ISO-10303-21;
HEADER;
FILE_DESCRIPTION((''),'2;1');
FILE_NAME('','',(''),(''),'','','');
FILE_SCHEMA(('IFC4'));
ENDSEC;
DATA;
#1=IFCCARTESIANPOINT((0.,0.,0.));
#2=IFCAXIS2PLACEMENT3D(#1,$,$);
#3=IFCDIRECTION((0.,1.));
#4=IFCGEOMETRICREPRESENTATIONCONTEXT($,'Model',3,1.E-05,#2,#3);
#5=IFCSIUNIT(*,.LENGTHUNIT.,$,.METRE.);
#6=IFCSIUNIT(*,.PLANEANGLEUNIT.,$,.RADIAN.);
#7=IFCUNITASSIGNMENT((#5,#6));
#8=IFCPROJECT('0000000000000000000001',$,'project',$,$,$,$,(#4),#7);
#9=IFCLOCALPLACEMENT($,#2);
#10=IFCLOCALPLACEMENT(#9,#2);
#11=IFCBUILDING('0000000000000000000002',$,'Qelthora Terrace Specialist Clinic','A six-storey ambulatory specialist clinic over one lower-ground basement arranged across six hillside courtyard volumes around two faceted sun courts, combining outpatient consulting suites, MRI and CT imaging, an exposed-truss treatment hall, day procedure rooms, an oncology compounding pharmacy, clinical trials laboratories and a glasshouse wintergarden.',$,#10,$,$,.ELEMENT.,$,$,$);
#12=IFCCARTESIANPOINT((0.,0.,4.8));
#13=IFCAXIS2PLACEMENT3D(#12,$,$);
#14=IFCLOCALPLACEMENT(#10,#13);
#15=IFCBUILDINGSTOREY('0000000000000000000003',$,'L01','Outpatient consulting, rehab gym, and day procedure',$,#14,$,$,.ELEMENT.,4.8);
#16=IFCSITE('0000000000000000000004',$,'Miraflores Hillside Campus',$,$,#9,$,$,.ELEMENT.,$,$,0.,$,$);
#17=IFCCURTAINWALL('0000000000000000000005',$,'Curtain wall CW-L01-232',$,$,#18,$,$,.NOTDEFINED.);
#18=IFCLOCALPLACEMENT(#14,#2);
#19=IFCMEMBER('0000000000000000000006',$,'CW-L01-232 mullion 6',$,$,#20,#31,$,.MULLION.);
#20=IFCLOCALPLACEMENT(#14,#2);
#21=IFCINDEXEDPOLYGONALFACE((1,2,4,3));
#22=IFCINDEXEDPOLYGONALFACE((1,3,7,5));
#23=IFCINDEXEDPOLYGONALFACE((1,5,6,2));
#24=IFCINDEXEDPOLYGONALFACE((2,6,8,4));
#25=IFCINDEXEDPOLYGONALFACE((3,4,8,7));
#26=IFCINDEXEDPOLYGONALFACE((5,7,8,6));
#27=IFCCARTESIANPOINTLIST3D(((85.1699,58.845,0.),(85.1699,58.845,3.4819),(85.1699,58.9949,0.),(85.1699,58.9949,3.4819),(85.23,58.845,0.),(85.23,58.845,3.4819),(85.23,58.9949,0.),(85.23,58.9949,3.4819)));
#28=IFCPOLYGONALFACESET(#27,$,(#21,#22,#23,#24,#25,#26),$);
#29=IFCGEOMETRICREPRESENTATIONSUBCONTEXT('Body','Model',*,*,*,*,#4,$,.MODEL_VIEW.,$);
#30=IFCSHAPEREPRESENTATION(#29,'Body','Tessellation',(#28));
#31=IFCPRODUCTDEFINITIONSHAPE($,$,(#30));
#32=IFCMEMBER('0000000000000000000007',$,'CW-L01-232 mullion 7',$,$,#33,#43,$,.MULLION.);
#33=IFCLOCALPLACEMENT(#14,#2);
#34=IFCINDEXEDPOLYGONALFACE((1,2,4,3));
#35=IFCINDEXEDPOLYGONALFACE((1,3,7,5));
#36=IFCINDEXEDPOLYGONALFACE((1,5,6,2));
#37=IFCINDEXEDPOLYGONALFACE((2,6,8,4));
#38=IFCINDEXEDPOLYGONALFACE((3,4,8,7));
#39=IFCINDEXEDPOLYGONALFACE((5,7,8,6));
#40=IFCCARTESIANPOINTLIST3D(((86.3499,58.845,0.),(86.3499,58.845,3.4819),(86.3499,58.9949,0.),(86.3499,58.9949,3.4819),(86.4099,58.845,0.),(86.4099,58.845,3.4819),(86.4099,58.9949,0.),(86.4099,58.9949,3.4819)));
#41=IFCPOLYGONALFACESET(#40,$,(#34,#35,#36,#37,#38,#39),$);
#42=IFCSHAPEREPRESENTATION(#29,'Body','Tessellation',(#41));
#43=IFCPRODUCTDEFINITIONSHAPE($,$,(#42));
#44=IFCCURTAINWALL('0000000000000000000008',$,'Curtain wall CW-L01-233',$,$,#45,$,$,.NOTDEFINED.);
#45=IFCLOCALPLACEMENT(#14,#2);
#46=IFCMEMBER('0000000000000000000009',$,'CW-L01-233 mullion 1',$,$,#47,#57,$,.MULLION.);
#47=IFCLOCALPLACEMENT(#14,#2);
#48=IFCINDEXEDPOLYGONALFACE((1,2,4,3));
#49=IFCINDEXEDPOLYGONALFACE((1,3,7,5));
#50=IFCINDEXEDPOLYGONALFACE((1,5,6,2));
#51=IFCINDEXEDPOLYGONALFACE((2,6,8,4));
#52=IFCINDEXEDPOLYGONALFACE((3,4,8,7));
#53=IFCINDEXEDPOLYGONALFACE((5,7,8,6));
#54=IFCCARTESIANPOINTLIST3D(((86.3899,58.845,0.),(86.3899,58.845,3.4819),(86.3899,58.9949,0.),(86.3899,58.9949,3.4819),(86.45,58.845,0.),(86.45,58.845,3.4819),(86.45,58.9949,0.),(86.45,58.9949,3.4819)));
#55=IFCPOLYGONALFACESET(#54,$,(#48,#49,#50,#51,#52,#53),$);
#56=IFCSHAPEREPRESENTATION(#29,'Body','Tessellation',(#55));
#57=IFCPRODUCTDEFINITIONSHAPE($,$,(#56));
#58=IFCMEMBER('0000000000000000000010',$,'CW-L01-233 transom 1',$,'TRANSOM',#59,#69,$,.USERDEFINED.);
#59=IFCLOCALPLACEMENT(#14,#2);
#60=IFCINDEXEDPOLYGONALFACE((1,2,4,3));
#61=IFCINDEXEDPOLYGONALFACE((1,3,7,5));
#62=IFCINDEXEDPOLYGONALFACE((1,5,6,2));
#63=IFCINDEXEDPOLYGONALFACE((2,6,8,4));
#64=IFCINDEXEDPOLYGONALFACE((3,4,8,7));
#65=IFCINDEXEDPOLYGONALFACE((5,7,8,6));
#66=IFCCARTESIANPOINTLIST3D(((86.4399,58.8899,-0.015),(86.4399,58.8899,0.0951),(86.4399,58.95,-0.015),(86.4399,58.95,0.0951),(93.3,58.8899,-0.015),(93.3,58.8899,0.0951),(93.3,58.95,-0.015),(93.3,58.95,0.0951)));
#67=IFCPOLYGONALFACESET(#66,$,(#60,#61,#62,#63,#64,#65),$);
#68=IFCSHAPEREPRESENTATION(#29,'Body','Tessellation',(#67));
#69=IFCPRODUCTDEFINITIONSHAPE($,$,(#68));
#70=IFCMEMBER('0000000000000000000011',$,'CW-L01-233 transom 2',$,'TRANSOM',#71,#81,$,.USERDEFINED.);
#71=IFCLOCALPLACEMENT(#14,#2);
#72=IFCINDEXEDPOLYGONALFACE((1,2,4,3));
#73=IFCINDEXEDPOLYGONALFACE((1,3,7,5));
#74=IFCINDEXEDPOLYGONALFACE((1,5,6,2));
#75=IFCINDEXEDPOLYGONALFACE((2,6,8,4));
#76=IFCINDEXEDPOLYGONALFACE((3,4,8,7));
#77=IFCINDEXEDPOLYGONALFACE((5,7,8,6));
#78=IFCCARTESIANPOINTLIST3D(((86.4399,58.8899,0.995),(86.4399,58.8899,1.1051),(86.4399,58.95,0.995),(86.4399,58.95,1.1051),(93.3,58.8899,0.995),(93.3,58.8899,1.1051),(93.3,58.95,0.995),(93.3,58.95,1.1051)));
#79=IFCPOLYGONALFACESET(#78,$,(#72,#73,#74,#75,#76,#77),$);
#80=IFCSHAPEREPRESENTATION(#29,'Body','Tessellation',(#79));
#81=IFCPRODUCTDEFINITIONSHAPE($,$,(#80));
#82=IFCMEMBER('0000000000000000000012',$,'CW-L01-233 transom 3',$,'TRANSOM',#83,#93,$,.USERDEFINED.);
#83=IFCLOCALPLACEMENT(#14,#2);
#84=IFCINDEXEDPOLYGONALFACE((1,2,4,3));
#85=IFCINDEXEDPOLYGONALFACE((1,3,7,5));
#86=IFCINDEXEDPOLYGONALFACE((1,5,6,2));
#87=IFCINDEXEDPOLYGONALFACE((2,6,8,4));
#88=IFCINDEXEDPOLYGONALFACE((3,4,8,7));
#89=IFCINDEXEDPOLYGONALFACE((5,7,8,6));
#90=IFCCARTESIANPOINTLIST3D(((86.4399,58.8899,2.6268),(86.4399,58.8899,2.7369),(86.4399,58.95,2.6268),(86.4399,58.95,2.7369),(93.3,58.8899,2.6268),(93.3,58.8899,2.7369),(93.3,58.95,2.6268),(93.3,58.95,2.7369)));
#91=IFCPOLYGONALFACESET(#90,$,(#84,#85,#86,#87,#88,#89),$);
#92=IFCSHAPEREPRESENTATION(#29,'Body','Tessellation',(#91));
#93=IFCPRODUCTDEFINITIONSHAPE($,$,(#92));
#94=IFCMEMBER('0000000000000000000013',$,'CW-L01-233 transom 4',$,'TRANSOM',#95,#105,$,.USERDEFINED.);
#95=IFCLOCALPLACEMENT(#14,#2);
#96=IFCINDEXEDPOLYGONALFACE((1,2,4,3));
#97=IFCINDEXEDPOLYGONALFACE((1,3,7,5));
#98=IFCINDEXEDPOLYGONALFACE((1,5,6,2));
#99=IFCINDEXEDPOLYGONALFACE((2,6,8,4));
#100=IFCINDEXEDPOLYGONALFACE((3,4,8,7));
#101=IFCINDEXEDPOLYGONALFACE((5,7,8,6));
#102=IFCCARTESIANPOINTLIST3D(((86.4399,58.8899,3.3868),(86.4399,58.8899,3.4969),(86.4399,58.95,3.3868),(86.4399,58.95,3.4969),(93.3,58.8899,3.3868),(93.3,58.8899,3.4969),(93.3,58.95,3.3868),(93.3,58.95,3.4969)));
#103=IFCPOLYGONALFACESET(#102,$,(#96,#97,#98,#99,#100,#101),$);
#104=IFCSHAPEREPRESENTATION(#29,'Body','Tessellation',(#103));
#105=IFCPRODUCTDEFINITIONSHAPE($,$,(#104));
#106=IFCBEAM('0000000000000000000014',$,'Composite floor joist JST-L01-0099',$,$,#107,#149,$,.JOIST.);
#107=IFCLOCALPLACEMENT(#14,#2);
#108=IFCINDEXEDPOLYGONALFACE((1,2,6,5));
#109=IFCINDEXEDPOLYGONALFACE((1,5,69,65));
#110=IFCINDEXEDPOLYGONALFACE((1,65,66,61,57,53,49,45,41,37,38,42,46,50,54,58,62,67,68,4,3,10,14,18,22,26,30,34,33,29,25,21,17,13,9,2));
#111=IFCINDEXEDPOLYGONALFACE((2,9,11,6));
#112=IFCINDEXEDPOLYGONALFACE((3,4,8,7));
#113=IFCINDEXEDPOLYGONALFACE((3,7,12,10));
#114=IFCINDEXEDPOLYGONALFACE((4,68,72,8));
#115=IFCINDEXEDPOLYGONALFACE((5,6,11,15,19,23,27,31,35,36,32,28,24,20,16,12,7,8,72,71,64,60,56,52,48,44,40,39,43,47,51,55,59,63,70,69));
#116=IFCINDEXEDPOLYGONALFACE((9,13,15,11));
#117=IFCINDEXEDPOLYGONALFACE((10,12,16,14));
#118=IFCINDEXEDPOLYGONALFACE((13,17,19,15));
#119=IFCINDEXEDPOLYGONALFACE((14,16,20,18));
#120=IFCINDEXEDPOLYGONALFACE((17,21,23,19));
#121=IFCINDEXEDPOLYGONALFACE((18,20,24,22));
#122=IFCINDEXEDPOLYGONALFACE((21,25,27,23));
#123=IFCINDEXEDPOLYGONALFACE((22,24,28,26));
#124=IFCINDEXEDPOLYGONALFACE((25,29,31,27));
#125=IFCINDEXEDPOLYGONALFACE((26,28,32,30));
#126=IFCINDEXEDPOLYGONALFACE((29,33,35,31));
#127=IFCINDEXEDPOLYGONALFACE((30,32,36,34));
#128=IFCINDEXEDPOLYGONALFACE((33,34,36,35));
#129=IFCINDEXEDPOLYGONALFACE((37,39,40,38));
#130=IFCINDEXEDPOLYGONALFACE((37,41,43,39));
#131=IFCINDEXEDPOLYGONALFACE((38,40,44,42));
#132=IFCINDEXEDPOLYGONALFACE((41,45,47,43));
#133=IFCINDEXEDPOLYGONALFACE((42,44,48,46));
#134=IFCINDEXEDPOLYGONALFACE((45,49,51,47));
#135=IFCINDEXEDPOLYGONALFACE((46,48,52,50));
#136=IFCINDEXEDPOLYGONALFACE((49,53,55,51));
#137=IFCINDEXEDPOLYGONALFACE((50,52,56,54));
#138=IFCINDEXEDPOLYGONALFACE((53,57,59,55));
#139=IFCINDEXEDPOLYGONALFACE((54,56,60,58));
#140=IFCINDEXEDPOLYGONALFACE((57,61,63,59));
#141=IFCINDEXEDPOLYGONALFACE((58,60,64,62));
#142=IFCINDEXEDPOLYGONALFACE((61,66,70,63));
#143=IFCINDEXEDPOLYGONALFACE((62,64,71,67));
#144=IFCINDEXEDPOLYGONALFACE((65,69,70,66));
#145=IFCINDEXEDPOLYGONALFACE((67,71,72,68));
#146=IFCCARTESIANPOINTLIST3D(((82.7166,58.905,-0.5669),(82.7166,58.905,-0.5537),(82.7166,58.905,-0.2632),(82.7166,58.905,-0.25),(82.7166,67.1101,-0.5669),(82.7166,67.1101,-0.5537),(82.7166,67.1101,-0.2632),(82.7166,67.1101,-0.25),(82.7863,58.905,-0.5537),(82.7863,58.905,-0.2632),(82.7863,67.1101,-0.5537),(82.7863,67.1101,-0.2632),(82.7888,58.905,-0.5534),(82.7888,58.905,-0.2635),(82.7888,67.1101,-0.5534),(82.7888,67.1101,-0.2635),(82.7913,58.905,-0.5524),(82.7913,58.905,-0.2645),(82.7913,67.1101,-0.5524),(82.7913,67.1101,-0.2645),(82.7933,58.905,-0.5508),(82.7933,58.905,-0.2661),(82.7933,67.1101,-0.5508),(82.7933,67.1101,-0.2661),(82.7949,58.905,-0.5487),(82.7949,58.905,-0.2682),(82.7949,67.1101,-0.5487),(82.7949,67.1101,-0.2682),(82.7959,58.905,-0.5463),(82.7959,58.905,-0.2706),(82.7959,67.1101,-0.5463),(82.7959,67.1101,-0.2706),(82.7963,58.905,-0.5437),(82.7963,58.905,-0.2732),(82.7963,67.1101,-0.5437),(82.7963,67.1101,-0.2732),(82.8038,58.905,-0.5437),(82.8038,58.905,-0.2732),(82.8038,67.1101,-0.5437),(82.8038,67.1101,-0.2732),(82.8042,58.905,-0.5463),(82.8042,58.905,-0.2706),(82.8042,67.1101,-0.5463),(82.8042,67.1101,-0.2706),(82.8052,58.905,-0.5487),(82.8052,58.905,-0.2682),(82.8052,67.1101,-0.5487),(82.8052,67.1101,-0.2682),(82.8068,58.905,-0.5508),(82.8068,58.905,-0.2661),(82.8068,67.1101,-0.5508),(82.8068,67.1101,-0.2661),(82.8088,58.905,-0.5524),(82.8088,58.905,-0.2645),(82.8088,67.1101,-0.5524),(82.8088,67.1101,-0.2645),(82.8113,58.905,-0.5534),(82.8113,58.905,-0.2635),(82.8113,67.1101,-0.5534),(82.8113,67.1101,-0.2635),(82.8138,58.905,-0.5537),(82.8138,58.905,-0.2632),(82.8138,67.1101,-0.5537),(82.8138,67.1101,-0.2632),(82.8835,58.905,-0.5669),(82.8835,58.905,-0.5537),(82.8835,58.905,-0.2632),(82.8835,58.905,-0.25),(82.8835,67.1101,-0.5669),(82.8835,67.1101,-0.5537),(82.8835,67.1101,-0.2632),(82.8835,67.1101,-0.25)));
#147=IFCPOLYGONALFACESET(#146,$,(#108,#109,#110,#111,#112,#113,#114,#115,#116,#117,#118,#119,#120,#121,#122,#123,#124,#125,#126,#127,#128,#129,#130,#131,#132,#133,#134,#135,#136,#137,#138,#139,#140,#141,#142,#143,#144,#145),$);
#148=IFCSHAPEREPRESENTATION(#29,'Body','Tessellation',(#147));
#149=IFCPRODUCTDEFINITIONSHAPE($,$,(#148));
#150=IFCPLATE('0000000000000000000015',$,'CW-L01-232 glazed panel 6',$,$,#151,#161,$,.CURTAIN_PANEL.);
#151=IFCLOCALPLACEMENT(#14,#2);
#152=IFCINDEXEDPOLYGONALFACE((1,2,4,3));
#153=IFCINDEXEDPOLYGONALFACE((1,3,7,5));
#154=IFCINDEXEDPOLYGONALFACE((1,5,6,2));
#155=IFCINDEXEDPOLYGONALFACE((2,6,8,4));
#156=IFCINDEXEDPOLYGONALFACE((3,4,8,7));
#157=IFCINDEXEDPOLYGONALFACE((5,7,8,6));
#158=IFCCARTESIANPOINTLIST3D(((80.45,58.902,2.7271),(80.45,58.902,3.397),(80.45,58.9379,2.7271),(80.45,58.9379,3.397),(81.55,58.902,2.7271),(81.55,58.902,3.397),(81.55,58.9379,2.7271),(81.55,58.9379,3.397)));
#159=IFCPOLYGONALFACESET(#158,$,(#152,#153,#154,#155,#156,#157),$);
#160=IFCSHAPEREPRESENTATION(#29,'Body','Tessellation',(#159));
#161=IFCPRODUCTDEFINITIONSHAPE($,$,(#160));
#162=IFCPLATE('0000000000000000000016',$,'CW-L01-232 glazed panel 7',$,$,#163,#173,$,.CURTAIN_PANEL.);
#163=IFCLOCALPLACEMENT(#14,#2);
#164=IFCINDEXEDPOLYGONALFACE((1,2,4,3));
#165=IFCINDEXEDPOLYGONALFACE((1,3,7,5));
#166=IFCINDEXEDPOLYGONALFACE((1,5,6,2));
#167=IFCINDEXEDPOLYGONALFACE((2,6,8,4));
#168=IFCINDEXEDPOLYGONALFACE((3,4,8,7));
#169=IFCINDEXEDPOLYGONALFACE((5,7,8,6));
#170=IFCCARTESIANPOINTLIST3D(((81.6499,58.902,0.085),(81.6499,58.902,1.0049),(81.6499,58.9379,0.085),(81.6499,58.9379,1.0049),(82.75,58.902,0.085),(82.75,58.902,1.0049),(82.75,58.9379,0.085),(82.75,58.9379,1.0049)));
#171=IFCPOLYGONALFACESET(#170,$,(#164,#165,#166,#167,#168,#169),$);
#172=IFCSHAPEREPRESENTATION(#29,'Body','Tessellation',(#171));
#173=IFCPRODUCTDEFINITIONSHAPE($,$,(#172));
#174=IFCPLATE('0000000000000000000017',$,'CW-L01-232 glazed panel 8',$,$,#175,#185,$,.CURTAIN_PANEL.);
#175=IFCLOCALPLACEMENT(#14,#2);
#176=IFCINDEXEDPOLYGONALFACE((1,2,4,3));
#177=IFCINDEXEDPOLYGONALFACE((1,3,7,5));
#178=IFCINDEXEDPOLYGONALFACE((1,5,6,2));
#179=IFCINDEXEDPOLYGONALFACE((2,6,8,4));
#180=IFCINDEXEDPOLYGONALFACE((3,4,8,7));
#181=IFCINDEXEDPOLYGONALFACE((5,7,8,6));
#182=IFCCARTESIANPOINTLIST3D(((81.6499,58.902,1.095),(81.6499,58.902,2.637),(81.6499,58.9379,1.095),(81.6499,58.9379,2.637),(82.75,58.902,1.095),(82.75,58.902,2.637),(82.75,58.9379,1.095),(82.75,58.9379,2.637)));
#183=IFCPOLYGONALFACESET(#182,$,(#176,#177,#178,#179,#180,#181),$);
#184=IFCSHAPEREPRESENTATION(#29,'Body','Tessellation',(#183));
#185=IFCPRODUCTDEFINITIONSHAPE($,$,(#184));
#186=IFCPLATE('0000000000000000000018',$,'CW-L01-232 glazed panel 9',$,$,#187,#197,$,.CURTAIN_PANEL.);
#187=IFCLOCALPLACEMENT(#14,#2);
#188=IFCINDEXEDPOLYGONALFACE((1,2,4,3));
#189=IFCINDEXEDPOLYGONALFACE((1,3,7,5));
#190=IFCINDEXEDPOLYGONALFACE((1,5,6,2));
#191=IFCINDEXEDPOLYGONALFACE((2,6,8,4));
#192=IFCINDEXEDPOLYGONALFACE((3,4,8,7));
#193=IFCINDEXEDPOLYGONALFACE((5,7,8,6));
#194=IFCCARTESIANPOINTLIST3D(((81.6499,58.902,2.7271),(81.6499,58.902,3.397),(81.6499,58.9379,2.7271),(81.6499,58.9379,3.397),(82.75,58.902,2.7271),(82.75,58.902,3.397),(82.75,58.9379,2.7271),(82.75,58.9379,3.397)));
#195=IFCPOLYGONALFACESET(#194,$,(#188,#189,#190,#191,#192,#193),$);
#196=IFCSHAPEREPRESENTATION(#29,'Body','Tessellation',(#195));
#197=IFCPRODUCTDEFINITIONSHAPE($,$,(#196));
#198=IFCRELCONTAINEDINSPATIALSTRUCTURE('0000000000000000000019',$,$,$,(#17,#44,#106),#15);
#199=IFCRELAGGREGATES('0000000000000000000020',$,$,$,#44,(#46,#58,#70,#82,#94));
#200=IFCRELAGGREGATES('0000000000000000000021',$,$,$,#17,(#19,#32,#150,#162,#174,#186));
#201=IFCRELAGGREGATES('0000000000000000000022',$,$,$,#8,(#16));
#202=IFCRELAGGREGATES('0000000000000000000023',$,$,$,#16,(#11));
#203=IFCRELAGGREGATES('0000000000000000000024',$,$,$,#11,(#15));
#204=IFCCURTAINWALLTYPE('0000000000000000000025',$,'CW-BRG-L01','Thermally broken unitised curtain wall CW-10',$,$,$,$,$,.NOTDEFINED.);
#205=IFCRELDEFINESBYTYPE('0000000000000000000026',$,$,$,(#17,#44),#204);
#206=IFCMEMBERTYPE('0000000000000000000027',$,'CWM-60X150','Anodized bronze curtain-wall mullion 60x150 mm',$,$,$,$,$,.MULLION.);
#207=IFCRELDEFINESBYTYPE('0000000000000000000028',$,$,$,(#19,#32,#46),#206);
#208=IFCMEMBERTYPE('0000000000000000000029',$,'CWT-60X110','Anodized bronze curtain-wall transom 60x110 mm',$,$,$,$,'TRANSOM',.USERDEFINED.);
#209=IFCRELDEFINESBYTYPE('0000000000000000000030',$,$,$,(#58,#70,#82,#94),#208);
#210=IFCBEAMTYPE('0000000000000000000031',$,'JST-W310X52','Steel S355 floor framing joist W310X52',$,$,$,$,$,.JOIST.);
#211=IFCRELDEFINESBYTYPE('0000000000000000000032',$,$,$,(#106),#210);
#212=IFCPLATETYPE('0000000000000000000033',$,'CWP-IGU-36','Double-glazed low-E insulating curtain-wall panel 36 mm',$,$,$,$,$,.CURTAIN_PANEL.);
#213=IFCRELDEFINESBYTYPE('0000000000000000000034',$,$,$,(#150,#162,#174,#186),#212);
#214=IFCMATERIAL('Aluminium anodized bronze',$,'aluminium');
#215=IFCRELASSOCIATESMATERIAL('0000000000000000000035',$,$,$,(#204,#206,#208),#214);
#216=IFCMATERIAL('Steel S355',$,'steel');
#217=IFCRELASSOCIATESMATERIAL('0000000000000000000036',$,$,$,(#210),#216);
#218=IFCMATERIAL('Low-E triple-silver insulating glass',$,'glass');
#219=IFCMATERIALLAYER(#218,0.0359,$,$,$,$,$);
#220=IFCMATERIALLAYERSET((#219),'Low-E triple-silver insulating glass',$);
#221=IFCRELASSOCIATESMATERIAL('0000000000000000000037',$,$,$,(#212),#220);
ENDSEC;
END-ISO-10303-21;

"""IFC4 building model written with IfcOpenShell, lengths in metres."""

from ifc_helpers import new_model, si_unit, direction, frame, origin, origin_2d, place, context, subcontext, project, spatial, rectangle, i_section, extrude, material, layer, layer_set, material_profile, profile_set, type_object, element, aggregate, save


model = new_model("IFC4")

# Units and contexts
model_context = context("Model", 3, precision=1e-05, world=origin(), true_north=direction((0.0, 1.0)))
body_context = subcontext(model_context, "Body", "Model", "MODEL_VIEW")
ifc_project = project(units=[si_unit("LENGTHUNIT", "METRE"), si_unit("PLANEANGLEUNIT", "RADIAN")], contexts=[model_context])

# Site, building, storey
site_placement = place(None, origin())
site = spatial("IfcSite", under=ifc_project, at=site_placement, Name="Miraflores Hillside Campus", CompositionType="ELEMENT", RefElevation=0.0)
building_placement = place(site_placement, origin())
building = spatial("IfcBuilding", under=site, at=building_placement, Name="Qelthora Terrace Specialist Clinic", Description="A six-storey ambulatory specialist clinic over one lower-ground basement arranged across six hillside courtyard volumes around two faceted sun courts, combining outpatient consulting suites, MRI and CT imaging, an exposed-truss treatment hall, day procedure rooms, an oncology compounding pharmacy, clinical trials laboratories and a glasshouse wintergarden.", CompositionType="ELEMENT")
storey_placement = place(building_placement, frame((0.0, 0.0, 4.8)))
storey = spatial("IfcBuildingStorey", under=building, at=storey_placement, Name="L01", Description="Outpatient consulting, rehab gym, and day procedure", CompositionType="ELEMENT", Elevation=4.8)

# Shared definitions
ifc_material_1 = material(Name="Steel S355", Category="steel")

# Curtain walls, members
ifc_material_2 = material(Name="Aluminium anodized bronze", Category="aluminium")
curtain_wall_type = type_object("IfcCurtainWallType", Name="CW-BRG-L01", Description="Thermally broken unitised curtain wall CW-10", PredefinedType="NOTDEFINED", material=ifc_material_2)
curtain_wall_1_placement = place(storey_placement, origin())
curtain_wall_1 = element("IfcCurtainWall", 1, at=curtain_wall_1_placement, inside=storey, type_object=curtain_wall_type, Name="Curtain wall CW-L01-232", PredefinedType="NOTDEFINED")
ifc_material_profile_1 = material_profile(ifc_material_2, rectangle(XDim=0.0601, YDim=0.1499, at=origin_2d()), Name="CWM60X150")
ifc_profile_set_1 = profile_set([ifc_material_profile_1], Name="Aluminium anodized bronze")
member_type_1 = type_object("IfcMemberType", Name="CWM-60X150", Description="Anodized bronze curtain-wall mullion 60x150 mm", PredefinedType="MULLION", material=ifc_profile_set_1)
member_1_placement = place(storey_placement, frame((85.2, 58.9199, 0.0), z_axis=(0.0, 0.0, 1.0), x_axis=(1.0, 0.0, 0.0)))
member_1 = element("IfcMember", 2, at=member_1_placement, type_object=member_type_1, Name="CW-L01-232 mullion 6", PredefinedType="MULLION", context=body_context, shape_type="SweptSolid", body=[
    extrude(rectangle(XDim=0.0601, YDim=0.1499, at=origin_2d()), origin(), (0.0, 0.0, 1.0), 3.4819),
])
member_2_placement = place(storey_placement, frame((86.3799, 58.9199, 0.0), z_axis=(0.0, 0.0, 1.0), x_axis=(1.0, 0.0, 0.0)))
member_2 = element("IfcMember", 3, at=member_2_placement, type_object=member_type_1, Name="CW-L01-232 mullion 7", PredefinedType="MULLION", context=body_context, shape_type="SweptSolid", body=[
    extrude(rectangle(XDim=0.0601, YDim=0.1499, at=origin_2d()), origin(), (0.0, 0.0, 1.0), 3.4819),
])
curtain_wall_2_placement = place(storey_placement, origin())
curtain_wall_2 = element("IfcCurtainWall", 4, at=curtain_wall_2_placement, inside=storey, type_object=curtain_wall_type, Name="Curtain wall CW-L01-233", PredefinedType="NOTDEFINED")
member_3_placement = place(storey_placement, frame((86.4199, 58.9199, 0.0), z_axis=(0.0, 0.0, 1.0), x_axis=(1.0, 0.0, 0.0)))
member_3 = element("IfcMember", 5, at=member_3_placement, type_object=member_type_1, Name="CW-L01-233 mullion 1", PredefinedType="MULLION", context=body_context, shape_type="SweptSolid", body=[
    extrude(rectangle(XDim=0.0601, YDim=0.1499, at=origin_2d()), origin(), (0.0, 0.0, 1.0), 3.4819),
])
ifc_material_profile_2 = material_profile(ifc_material_2, rectangle(XDim=0.0601, YDim=0.1101, at=origin_2d()), Name="CWT60X110")
ifc_profile_set_2 = profile_set([ifc_material_profile_2], Name="Aluminium anodized bronze")
member_type_2 = type_object("IfcMemberType", Name="CWT-60X110", Description="Anodized bronze curtain-wall transom 60x110 mm", ElementType="TRANSOM", PredefinedType="USERDEFINED", material=ifc_profile_set_2)
member_4_placement = place(storey_placement, frame((86.4399, 58.9199, 0.04), z_axis=(1.0, 0.0, 0.0), x_axis=(0.0, 1.0, 0.0)))
member_4 = element("IfcMember", 6, at=member_4_placement, type_object=member_type_2, Name="CW-L01-233 transom 1", ObjectType="TRANSOM", PredefinedType="USERDEFINED", context=body_context, shape_type="SweptSolid", body=[
    extrude(rectangle(XDim=0.0601, YDim=0.1101, at=origin_2d()), origin(), (0.0, 0.0, 1.0), 6.8601),
])
member_5_placement = place(storey_placement, frame((86.4399, 58.9199, 1.05), z_axis=(1.0, 0.0, 0.0), x_axis=(0.0, 1.0, 0.0)))
member_5 = element("IfcMember", 7, at=member_5_placement, type_object=member_type_2, Name="CW-L01-233 transom 2", ObjectType="TRANSOM", PredefinedType="USERDEFINED", context=body_context, shape_type="SweptSolid", body=[
    extrude(rectangle(XDim=0.0601, YDim=0.1101, at=origin_2d()), origin(), (0.0, 0.0, 1.0), 6.8601),
])
member_6_placement = place(storey_placement, frame((86.4399, 58.9199, 2.6819), z_axis=(1.0, 0.0, 0.0), x_axis=(0.0, 1.0, 0.0)))
member_6 = element("IfcMember", 8, at=member_6_placement, type_object=member_type_2, Name="CW-L01-233 transom 3", ObjectType="TRANSOM", PredefinedType="USERDEFINED", context=body_context, shape_type="SweptSolid", body=[
    extrude(rectangle(XDim=0.0601, YDim=0.1101, at=origin_2d()), origin(), (0.0, 0.0, 1.0), 6.8601),
])
member_7_placement = place(storey_placement, frame((86.4399, 58.9199, 3.4419), z_axis=(1.0, 0.0, 0.0), x_axis=(0.0, 1.0, 0.0)))
member_7 = element("IfcMember", 9, at=member_7_placement, type_object=member_type_2, Name="CW-L01-233 transom 4", ObjectType="TRANSOM", PredefinedType="USERDEFINED", context=body_context, shape_type="SweptSolid", body=[
    extrude(rectangle(XDim=0.0601, YDim=0.1101, at=origin_2d()), origin(), (0.0, 0.0, 1.0), 6.8601),
])
aggregate(curtain_wall_2, [member_3, member_4, member_5, member_6, member_7])

# Beam
ifc_material_profile_3 = material_profile(ifc_material_1, i_section(OverallWidth=0.167, OverallDepth=0.3169, WebThickness=0.0076, FlangeThickness=0.0132, FilletRadius=0.01, at=origin_2d()), Name="W310X52")
ifc_profile_set_3 = profile_set([ifc_material_profile_3], Name="Steel S355")
beam_type_1 = type_object("IfcBeamType", Name="JST-W310X52", Description="Steel S355 floor framing joist W310X52", PredefinedType="JOIST", material=ifc_profile_set_3)
beam_1_placement = place(storey_placement, frame((82.8, 58.905, -0.4084), z_axis=(0.0, 1.0, 0.0), x_axis=(-1.0, 0.0, 0.0)))
element("IfcBeam", 10, at=beam_1_placement, inside=storey, type_object=beam_type_1, Name="Composite floor joist JST-L01-0099", PredefinedType="JOIST", context=body_context, shape_type="SweptSolid", body=[
    extrude(i_section(OverallWidth=0.167, OverallDepth=0.3169, WebThickness=0.0076, FlangeThickness=0.0132, FilletRadius=0.01, at=origin_2d()), origin(), (0.0, 0.0, 1.0), 8.2051),
])

# Plates
ifc_material_3 = material(Name="Low-E triple-silver insulating glass", Category="glass")
ifc_layer = layer(ifc_material_3, 0.0359)
ifc_layer_set = layer_set([ifc_layer], Name="Low-E triple-silver insulating glass")
plate_type = type_object("IfcPlateType", Name="CWP-IGU-36", Description="Double-glazed low-E insulating curtain-wall panel 36 mm", PredefinedType="CURTAIN_PANEL", material=ifc_layer_set)
plate_1_placement = place(storey_placement, frame((81.0, 58.9199, 2.7271), z_axis=(0.0, 0.0, 1.0), x_axis=(1.0, 0.0, 0.0)))
plate_1 = element("IfcPlate", 11, at=plate_1_placement, type_object=plate_type, Name="CW-L01-232 glazed panel 6", PredefinedType="CURTAIN_PANEL", context=body_context, shape_type="SweptSolid", body=[
    extrude(rectangle(XDim=1.1001, YDim=0.0359, at=origin_2d()), origin(), (0.0, 0.0, 1.0), 0.6699),
])
plate_2_placement = place(storey_placement, frame((82.2, 58.9199, 0.085), z_axis=(0.0, 0.0, 1.0), x_axis=(1.0, 0.0, 0.0)))
plate_2 = element("IfcPlate", 12, at=plate_2_placement, type_object=plate_type, Name="CW-L01-232 glazed panel 7", PredefinedType="CURTAIN_PANEL", context=body_context, shape_type="SweptSolid", body=[
    extrude(rectangle(XDim=1.1001, YDim=0.0359, at=origin_2d()), origin(), (0.0, 0.0, 1.0), 0.9199),
])
plate_3_placement = place(storey_placement, frame((82.2, 58.9199, 1.095), z_axis=(0.0, 0.0, 1.0), x_axis=(1.0, 0.0, 0.0)))
plate_3 = element("IfcPlate", 13, at=plate_3_placement, type_object=plate_type, Name="CW-L01-232 glazed panel 8", PredefinedType="CURTAIN_PANEL", context=body_context, shape_type="SweptSolid", body=[
    extrude(rectangle(XDim=1.1001, YDim=0.0359, at=origin_2d()), origin(), (0.0, 0.0, 1.0), 1.542),
])
plate_4_placement = place(storey_placement, frame((82.2, 58.9199, 2.7271), z_axis=(0.0, 0.0, 1.0), x_axis=(1.0, 0.0, 0.0)))
plate_4 = element("IfcPlate", 14, at=plate_4_placement, type_object=plate_type, Name="CW-L01-232 glazed panel 9", PredefinedType="CURTAIN_PANEL", context=body_context, shape_type="SweptSolid", body=[
    extrude(rectangle(XDim=1.1001, YDim=0.0359, at=origin_2d()), origin(), (0.0, 0.0, 1.0), 0.6699),
])
aggregate(curtain_wall_1, [member_1, member_2, plate_1, plate_2, plate_3, plate_4])

save(model, "model.ifc")
